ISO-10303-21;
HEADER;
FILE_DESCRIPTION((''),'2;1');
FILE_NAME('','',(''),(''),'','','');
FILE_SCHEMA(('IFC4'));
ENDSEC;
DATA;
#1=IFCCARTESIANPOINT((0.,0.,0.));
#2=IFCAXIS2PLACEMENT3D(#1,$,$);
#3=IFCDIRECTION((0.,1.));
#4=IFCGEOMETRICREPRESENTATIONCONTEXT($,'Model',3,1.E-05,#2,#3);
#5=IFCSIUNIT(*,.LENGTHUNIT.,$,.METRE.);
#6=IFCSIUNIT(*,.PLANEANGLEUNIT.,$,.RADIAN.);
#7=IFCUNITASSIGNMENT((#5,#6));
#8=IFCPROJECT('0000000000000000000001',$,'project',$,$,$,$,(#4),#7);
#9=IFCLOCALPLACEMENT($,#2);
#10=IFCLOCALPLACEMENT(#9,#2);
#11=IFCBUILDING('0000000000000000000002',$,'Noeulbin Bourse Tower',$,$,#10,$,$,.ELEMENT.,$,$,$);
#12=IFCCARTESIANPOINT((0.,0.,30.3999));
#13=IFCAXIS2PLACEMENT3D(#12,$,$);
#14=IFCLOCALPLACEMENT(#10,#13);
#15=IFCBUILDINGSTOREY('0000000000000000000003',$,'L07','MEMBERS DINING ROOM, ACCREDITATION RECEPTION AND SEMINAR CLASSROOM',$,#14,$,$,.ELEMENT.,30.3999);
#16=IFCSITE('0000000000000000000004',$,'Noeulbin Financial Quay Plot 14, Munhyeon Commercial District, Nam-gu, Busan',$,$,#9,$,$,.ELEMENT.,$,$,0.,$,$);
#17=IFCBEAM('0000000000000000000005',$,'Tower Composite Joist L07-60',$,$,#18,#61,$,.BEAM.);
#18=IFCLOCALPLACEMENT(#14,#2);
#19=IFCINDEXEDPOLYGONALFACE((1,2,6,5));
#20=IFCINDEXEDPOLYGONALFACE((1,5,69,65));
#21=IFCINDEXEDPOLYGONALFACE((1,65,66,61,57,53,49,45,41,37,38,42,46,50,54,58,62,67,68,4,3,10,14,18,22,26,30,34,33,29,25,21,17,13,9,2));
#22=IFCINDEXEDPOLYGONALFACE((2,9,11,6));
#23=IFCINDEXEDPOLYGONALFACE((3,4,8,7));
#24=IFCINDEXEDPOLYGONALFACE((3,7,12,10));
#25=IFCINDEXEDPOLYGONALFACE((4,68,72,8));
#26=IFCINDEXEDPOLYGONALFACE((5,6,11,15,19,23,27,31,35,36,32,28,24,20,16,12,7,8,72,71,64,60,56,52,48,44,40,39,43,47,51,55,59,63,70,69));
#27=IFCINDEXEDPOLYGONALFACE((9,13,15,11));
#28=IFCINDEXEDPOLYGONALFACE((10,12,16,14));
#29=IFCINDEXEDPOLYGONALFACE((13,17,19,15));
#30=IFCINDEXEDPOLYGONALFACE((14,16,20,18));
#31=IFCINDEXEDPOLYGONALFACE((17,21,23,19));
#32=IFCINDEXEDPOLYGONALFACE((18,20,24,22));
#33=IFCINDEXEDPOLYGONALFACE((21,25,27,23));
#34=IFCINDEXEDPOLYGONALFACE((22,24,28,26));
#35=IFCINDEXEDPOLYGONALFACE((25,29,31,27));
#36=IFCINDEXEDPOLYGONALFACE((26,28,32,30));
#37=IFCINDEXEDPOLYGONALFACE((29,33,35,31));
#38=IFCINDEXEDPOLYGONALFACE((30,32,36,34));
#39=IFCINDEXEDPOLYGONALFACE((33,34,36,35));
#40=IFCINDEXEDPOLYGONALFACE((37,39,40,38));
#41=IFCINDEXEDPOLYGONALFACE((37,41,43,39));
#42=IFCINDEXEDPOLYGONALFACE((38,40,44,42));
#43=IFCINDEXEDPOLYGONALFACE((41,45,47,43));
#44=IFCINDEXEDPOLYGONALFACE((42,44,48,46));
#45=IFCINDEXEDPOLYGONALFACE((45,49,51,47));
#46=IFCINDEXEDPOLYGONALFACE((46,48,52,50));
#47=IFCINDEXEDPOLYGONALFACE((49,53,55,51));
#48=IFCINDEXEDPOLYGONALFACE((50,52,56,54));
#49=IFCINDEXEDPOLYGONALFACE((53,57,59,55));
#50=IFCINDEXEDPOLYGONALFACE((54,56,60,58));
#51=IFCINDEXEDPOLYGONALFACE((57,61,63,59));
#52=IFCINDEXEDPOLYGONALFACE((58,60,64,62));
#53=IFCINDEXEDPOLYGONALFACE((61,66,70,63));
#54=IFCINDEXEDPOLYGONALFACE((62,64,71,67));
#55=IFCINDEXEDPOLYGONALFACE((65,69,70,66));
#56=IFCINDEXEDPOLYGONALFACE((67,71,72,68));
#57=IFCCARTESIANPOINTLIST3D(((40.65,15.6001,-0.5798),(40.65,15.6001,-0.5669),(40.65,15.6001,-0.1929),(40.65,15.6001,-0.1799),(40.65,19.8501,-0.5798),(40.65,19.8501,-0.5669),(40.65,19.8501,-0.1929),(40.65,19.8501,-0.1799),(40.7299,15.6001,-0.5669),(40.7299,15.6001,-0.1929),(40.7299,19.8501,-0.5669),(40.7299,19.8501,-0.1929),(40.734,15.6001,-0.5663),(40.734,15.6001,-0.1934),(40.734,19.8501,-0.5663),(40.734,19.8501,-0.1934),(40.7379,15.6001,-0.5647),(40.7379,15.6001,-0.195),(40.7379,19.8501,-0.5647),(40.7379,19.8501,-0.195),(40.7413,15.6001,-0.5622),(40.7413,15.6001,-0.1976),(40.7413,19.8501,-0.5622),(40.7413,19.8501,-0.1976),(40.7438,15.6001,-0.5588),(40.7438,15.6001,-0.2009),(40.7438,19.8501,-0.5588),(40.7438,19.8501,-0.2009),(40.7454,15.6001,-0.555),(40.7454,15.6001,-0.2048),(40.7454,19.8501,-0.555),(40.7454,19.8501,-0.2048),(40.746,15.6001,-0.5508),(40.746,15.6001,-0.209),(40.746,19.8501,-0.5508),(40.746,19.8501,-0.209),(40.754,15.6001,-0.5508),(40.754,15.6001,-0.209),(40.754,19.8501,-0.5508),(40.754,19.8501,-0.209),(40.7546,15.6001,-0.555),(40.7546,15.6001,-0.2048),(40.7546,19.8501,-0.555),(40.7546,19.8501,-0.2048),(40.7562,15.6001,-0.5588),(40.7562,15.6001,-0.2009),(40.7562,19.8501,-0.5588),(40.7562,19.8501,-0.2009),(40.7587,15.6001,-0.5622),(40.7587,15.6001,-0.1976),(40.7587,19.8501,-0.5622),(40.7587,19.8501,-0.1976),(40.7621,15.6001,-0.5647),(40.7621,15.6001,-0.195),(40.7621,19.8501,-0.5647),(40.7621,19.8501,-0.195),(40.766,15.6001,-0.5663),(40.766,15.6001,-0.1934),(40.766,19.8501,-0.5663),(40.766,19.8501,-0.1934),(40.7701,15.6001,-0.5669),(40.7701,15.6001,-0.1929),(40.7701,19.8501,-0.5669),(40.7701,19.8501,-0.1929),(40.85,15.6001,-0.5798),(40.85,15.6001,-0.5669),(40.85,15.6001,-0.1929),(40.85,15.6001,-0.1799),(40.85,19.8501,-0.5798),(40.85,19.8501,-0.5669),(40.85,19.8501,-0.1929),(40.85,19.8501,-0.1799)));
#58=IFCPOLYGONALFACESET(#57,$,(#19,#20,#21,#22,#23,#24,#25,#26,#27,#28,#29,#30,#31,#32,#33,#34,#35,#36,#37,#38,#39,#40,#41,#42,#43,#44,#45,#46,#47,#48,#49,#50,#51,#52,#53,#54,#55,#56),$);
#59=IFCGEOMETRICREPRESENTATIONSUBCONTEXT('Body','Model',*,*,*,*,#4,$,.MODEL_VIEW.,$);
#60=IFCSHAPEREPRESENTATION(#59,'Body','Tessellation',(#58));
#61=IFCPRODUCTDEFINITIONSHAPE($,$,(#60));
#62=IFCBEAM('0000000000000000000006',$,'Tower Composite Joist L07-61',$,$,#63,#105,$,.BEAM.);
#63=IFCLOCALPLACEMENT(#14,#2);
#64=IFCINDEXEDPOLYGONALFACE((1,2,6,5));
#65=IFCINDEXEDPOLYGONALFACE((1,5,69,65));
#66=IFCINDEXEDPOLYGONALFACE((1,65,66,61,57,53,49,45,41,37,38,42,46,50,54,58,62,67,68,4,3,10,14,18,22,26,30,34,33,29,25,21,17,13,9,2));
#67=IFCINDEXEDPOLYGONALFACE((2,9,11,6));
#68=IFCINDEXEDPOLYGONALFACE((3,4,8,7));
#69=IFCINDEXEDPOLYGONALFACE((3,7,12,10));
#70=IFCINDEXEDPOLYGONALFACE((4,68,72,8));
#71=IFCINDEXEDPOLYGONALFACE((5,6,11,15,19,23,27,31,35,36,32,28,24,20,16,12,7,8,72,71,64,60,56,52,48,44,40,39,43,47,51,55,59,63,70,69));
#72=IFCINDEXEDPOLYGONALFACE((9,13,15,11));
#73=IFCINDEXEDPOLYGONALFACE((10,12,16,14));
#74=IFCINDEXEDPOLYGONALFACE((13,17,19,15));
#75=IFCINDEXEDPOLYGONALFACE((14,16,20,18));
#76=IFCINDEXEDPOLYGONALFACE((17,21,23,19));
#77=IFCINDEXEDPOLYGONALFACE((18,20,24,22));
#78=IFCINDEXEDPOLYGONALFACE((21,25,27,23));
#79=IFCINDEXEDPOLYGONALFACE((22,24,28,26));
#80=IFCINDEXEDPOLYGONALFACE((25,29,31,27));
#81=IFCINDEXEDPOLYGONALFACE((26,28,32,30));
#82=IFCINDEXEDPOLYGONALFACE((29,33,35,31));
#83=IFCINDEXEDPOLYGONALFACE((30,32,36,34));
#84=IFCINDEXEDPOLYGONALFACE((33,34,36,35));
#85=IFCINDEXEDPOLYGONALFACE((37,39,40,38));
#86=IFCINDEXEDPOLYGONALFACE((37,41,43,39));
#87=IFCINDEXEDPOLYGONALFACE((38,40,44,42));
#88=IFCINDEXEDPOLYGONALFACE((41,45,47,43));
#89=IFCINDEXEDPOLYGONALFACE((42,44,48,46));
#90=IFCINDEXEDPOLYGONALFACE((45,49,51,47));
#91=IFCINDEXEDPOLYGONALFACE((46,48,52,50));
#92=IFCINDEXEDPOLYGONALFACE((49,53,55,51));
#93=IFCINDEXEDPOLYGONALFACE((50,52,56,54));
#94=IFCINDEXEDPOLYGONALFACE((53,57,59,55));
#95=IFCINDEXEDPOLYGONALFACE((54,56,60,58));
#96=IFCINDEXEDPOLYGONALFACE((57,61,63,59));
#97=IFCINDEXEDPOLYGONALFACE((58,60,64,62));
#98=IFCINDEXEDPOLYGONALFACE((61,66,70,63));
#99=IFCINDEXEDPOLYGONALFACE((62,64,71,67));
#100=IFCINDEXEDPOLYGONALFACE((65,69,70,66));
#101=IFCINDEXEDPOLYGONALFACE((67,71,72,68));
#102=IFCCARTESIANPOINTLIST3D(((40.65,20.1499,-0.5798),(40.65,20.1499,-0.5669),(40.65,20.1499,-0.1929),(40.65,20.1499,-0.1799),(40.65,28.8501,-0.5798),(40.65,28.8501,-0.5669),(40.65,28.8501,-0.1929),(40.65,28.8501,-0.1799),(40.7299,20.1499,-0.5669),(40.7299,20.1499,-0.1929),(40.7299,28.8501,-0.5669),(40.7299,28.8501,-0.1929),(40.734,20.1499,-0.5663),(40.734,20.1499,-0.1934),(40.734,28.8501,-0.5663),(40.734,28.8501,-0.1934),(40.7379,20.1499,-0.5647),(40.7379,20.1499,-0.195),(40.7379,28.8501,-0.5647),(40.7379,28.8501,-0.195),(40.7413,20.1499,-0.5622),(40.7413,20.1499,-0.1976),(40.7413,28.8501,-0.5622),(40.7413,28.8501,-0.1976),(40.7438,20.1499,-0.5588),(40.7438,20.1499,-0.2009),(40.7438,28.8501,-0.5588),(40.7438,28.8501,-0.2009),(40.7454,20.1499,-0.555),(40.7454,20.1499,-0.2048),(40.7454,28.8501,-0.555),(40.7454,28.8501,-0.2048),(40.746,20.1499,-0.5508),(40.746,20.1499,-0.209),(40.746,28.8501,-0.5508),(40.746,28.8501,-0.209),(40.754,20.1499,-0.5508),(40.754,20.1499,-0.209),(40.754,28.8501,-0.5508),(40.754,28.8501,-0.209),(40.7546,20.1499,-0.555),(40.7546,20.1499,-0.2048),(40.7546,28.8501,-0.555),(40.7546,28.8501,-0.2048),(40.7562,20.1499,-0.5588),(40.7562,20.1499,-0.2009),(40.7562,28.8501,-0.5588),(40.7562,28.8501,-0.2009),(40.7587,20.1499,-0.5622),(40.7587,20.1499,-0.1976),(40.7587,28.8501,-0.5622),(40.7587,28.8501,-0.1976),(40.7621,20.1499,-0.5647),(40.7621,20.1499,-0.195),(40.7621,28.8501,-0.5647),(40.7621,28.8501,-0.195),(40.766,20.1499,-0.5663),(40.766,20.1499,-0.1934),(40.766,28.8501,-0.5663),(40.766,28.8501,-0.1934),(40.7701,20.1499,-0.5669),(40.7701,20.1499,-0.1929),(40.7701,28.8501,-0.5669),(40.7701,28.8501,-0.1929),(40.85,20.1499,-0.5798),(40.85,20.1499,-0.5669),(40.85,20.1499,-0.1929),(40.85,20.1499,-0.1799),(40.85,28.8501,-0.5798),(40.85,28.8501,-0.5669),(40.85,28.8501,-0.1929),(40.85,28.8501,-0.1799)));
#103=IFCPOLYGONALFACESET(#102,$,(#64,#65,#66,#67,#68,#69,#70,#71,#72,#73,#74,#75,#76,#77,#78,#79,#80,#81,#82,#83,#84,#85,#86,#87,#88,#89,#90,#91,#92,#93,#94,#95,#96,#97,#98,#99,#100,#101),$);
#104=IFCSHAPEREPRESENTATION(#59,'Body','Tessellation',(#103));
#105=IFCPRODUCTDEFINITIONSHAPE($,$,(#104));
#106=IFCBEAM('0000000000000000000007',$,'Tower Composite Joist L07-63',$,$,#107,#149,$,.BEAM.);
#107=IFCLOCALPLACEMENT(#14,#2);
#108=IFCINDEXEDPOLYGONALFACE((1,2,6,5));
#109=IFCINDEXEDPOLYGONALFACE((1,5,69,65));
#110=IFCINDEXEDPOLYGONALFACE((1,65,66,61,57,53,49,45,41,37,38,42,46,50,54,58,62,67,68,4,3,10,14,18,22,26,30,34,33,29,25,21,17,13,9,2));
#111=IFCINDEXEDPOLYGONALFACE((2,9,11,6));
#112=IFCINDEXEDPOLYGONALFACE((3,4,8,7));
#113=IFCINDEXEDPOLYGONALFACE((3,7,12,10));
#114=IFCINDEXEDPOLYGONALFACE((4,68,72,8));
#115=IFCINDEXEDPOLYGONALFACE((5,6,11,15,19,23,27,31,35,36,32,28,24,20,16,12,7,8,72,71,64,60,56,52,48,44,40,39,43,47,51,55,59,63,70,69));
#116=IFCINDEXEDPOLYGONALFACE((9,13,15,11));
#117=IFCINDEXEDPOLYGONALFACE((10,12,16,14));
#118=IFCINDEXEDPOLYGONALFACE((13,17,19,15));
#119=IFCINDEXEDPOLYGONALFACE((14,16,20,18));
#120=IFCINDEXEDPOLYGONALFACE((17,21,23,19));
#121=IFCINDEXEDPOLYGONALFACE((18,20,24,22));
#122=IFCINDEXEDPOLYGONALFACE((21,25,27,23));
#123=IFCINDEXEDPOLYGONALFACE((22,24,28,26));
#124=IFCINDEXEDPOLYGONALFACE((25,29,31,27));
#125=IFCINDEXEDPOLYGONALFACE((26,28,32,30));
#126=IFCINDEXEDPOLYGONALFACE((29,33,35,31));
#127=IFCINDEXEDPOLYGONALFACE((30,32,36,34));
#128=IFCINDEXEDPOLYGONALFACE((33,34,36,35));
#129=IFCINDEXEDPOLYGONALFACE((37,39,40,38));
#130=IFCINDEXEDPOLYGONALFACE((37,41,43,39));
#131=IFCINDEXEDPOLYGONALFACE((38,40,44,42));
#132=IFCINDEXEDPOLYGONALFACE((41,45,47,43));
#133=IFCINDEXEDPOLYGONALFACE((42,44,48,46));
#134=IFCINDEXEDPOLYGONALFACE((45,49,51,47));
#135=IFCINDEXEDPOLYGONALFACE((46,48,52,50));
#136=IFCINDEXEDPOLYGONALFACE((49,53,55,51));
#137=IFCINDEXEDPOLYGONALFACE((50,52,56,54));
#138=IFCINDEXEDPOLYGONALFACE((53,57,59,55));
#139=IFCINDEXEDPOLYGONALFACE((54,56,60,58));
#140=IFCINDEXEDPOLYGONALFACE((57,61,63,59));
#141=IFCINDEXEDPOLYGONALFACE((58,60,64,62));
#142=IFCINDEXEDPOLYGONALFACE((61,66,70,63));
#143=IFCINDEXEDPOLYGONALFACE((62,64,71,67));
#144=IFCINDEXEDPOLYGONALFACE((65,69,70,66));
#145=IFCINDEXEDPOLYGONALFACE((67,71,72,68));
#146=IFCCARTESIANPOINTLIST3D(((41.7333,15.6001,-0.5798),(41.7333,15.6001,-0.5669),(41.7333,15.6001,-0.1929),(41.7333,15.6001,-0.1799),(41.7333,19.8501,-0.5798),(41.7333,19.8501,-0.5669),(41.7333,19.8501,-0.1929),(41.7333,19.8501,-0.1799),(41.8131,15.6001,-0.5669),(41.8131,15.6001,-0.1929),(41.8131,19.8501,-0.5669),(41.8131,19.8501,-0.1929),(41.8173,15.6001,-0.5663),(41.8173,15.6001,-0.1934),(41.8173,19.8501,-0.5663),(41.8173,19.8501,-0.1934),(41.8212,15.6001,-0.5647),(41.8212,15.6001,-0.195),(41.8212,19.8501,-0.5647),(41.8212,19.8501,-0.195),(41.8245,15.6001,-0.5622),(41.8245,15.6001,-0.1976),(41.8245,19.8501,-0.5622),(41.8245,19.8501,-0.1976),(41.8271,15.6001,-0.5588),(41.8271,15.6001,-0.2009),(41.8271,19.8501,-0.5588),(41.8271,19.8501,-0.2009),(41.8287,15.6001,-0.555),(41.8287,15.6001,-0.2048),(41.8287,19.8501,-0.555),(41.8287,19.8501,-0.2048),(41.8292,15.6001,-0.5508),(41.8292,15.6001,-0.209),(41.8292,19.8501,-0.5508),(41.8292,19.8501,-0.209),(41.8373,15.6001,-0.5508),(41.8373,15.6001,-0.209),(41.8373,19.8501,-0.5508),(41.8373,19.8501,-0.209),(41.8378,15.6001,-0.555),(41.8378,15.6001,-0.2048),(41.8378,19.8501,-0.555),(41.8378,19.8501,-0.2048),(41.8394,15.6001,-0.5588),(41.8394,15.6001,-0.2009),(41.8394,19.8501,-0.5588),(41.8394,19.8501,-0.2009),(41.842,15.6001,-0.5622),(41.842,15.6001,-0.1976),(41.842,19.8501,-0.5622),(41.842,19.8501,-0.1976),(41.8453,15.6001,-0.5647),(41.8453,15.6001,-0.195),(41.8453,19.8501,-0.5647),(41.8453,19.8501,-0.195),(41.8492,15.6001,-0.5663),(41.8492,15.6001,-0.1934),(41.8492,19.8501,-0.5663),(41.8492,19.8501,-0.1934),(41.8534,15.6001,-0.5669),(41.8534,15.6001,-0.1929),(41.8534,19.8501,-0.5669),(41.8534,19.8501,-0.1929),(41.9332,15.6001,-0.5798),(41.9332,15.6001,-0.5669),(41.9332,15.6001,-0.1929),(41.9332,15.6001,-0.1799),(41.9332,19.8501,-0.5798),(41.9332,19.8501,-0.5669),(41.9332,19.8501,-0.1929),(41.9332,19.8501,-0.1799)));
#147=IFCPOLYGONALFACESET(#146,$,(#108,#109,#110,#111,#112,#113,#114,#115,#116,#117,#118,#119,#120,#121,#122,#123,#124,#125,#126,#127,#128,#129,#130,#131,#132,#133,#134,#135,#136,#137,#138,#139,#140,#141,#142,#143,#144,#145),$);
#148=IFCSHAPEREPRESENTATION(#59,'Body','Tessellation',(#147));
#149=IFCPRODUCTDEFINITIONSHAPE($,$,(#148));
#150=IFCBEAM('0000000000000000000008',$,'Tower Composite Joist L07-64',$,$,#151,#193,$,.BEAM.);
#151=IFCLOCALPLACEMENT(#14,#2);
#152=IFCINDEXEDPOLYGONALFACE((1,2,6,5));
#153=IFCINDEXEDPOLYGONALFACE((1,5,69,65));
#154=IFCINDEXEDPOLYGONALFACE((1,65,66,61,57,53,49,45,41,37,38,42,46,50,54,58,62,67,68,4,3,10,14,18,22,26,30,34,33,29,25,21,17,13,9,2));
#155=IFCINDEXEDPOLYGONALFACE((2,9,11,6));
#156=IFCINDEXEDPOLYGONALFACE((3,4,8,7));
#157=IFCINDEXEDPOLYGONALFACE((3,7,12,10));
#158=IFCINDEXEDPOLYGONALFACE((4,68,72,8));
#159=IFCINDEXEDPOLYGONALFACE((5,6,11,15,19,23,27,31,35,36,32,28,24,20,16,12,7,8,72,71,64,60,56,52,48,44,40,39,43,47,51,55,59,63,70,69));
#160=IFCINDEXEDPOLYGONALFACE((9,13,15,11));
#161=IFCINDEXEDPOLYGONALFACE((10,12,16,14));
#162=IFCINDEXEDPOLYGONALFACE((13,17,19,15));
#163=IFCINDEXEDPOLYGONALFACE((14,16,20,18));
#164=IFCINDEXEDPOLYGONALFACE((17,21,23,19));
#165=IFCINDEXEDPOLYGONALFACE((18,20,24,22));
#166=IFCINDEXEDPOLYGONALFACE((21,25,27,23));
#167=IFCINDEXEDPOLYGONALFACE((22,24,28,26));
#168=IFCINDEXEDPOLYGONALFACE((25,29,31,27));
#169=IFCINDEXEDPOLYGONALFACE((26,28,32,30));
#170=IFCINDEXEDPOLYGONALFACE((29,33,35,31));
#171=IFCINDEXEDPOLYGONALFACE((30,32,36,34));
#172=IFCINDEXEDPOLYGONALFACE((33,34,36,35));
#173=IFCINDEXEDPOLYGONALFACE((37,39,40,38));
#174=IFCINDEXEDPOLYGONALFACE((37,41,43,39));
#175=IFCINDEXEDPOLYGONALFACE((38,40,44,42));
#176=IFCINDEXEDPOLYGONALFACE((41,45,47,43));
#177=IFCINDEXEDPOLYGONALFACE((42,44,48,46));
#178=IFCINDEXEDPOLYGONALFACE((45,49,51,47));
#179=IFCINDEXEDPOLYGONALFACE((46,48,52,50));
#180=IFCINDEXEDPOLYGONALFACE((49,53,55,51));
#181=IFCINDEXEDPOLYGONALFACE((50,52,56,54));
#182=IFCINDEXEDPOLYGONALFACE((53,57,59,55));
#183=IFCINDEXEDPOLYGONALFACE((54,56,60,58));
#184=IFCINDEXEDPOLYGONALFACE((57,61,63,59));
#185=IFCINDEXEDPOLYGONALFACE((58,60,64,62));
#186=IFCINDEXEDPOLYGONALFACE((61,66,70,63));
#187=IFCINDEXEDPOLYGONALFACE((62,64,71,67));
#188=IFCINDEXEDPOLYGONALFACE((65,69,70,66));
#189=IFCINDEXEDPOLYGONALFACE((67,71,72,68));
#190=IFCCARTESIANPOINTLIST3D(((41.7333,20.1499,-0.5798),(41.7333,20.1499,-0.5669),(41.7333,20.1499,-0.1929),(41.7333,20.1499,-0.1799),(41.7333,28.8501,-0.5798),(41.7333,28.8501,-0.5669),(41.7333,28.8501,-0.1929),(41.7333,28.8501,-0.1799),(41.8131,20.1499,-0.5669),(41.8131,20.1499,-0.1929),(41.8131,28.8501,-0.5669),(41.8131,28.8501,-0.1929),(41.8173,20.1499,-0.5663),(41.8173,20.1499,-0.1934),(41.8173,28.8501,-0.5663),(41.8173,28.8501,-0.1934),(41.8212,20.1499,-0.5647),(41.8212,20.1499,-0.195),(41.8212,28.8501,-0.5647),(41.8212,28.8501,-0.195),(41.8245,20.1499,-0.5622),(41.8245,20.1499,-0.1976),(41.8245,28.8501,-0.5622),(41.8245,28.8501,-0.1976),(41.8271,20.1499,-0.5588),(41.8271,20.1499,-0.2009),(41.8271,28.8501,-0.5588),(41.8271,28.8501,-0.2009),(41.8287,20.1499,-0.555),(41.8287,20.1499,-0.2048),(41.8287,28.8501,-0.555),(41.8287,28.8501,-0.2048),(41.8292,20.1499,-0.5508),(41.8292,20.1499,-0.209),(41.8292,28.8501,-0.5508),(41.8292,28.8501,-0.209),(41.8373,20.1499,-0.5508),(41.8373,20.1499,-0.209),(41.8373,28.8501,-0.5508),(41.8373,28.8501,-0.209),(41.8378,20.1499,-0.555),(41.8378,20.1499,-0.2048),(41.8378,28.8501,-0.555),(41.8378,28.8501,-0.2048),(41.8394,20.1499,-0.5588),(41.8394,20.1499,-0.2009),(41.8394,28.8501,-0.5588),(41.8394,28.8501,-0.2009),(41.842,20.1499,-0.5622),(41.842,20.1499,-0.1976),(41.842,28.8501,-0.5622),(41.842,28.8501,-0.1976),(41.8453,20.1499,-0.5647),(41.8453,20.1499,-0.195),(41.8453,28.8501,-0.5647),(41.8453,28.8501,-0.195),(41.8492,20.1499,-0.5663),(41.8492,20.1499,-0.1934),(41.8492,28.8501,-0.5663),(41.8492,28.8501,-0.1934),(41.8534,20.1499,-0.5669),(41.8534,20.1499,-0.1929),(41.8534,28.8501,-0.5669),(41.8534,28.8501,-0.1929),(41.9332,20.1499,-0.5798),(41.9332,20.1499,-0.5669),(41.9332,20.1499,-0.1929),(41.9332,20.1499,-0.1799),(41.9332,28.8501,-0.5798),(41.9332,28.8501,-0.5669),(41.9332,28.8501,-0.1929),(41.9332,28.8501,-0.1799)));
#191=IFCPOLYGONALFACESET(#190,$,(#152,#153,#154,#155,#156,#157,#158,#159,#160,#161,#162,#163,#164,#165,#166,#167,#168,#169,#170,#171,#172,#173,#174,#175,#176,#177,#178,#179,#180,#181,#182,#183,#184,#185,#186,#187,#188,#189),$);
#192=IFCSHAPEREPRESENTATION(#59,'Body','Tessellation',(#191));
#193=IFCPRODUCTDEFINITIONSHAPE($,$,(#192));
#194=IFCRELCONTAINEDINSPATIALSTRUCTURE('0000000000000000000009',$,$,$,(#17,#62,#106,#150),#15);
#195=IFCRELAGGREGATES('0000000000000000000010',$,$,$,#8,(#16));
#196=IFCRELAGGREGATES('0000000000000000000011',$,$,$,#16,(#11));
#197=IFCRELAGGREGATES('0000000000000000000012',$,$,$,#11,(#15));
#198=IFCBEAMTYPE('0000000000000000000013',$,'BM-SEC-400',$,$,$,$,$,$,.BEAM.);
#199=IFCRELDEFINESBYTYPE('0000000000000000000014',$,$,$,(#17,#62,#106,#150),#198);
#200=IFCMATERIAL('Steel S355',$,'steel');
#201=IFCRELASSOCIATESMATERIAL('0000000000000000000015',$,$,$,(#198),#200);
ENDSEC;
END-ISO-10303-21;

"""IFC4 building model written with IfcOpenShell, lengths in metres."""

from ifc_helpers import new_model, si_unit, direction, frame, origin, origin_2d, place, context, subcontext, project, spatial, i_section, extrude, material, material_profile, profile_set, type_object, element, save


model = new_model("IFC4")

# Units and contexts
model_context = context("Model", 3, precision=1e-05, world=origin(), true_north=direction((0.0, 1.0)))
body_context = subcontext(model_context, "Body", "Model", "MODEL_VIEW")
ifc_project = project(units=[si_unit("LENGTHUNIT", "METRE"), si_unit("PLANEANGLEUNIT", "RADIAN")], contexts=[model_context])

# Site, building, storey
site_placement = place(None, origin())
site = spatial("IfcSite", under=ifc_project, at=site_placement, Name="Noeulbin Financial Quay Plot 14, Munhyeon Commercial District, Nam-gu, Busan", CompositionType="ELEMENT", RefElevation=0.0)
building_placement = place(site_placement, origin())
building = spatial("IfcBuilding", under=site, at=building_placement, Name="Noeulbin Bourse Tower", CompositionType="ELEMENT")
storey_placement = place(building_placement, frame((0.0, 0.0, 30.3999)))
storey = spatial("IfcBuildingStorey", under=building, at=storey_placement, Name="L07", Description="MEMBERS DINING ROOM, ACCREDITATION RECEPTION AND SEMINAR CLASSROOM", CompositionType="ELEMENT", Elevation=30.3999)

# Beams
ifc_material_1 = material(Name="Steel S355", Category="steel")
ifc_material_profile_1 = material_profile(ifc_material_1, i_section(OverallWidth=0.2, OverallDepth=0.3999, WebThickness=0.0081, FlangeThickness=0.0129, FilletRadius=0.0161, at=origin_2d()), Name="H-400x200x8x13", Category="LoadBearing")
ifc_profile_set_1 = profile_set([ifc_material_profile_1], Name="Steel S355")
beam_type_1 = type_object("IfcBeamType", Name="BM-SEC-400", PredefinedType="BEAM", material=ifc_profile_set_1)
beam_1_placement = place(storey_placement, frame((40.75, 15.6001, -0.3799), z_axis=(0.0, 1.0, 0.0), x_axis=(-1.0, 0.0, 0.0)))
element("IfcBeam", 1, at=beam_1_placement, inside=storey, type_object=beam_type_1, Name="Tower Composite Joist L07-60", PredefinedType="BEAM", context=body_context, shape_type="SweptSolid", body=[
    extrude(i_section(OverallWidth=0.2, OverallDepth=0.3999, WebThickness=0.0081, FlangeThickness=0.0129, FilletRadius=0.0161, at=origin_2d()), origin(), (0.0, 0.0, 1.0), 4.25),
])
beam_2_placement = place(storey_placement, frame((40.75, 20.1499, -0.3799), z_axis=(0.0, 1.0, 0.0), x_axis=(-1.0, 0.0, 0.0)))
element("IfcBeam", 2, at=beam_2_placement, inside=storey, type_object=beam_type_1, Name="Tower Composite Joist L07-61", PredefinedType="BEAM", context=body_context, shape_type="SweptSolid", body=[
    extrude(i_section(OverallWidth=0.2, OverallDepth=0.3999, WebThickness=0.0081, FlangeThickness=0.0129, FilletRadius=0.0161, at=origin_2d()), origin(), (0.0, 0.0, 1.0), 8.7002),
])
beam_3_placement = place(storey_placement, frame((41.8333, 15.6001, -0.3799), z_axis=(0.0, 1.0, 0.0), x_axis=(-1.0, 0.0, 0.0)))
element("IfcBeam", 3, at=beam_3_placement, inside=storey, type_object=beam_type_1, Name="Tower Composite Joist L07-63", PredefinedType="BEAM", context=body_context, shape_type="SweptSolid", body=[
    extrude(i_section(OverallWidth=0.2, OverallDepth=0.3999, WebThickness=0.0081, FlangeThickness=0.0129, FilletRadius=0.0161, at=origin_2d()), origin(), (0.0, 0.0, 1.0), 4.25),
])
beam_4_placement = place(storey_placement, frame((41.8333, 20.1499, -0.3799), z_axis=(0.0, 1.0, 0.0), x_axis=(-1.0, 0.0, 0.0)))
element("IfcBeam", 4, at=beam_4_placement, inside=storey, type_object=beam_type_1, Name="Tower Composite Joist L07-64", PredefinedType="BEAM", context=body_context, shape_type="SweptSolid", body=[
    extrude(i_section(OverallWidth=0.2, OverallDepth=0.3999, WebThickness=0.0081, FlangeThickness=0.0129, FilletRadius=0.0161, at=origin_2d()), origin(), (0.0, 0.0, 1.0), 8.7002),
])

save(model, "model.ifc")
